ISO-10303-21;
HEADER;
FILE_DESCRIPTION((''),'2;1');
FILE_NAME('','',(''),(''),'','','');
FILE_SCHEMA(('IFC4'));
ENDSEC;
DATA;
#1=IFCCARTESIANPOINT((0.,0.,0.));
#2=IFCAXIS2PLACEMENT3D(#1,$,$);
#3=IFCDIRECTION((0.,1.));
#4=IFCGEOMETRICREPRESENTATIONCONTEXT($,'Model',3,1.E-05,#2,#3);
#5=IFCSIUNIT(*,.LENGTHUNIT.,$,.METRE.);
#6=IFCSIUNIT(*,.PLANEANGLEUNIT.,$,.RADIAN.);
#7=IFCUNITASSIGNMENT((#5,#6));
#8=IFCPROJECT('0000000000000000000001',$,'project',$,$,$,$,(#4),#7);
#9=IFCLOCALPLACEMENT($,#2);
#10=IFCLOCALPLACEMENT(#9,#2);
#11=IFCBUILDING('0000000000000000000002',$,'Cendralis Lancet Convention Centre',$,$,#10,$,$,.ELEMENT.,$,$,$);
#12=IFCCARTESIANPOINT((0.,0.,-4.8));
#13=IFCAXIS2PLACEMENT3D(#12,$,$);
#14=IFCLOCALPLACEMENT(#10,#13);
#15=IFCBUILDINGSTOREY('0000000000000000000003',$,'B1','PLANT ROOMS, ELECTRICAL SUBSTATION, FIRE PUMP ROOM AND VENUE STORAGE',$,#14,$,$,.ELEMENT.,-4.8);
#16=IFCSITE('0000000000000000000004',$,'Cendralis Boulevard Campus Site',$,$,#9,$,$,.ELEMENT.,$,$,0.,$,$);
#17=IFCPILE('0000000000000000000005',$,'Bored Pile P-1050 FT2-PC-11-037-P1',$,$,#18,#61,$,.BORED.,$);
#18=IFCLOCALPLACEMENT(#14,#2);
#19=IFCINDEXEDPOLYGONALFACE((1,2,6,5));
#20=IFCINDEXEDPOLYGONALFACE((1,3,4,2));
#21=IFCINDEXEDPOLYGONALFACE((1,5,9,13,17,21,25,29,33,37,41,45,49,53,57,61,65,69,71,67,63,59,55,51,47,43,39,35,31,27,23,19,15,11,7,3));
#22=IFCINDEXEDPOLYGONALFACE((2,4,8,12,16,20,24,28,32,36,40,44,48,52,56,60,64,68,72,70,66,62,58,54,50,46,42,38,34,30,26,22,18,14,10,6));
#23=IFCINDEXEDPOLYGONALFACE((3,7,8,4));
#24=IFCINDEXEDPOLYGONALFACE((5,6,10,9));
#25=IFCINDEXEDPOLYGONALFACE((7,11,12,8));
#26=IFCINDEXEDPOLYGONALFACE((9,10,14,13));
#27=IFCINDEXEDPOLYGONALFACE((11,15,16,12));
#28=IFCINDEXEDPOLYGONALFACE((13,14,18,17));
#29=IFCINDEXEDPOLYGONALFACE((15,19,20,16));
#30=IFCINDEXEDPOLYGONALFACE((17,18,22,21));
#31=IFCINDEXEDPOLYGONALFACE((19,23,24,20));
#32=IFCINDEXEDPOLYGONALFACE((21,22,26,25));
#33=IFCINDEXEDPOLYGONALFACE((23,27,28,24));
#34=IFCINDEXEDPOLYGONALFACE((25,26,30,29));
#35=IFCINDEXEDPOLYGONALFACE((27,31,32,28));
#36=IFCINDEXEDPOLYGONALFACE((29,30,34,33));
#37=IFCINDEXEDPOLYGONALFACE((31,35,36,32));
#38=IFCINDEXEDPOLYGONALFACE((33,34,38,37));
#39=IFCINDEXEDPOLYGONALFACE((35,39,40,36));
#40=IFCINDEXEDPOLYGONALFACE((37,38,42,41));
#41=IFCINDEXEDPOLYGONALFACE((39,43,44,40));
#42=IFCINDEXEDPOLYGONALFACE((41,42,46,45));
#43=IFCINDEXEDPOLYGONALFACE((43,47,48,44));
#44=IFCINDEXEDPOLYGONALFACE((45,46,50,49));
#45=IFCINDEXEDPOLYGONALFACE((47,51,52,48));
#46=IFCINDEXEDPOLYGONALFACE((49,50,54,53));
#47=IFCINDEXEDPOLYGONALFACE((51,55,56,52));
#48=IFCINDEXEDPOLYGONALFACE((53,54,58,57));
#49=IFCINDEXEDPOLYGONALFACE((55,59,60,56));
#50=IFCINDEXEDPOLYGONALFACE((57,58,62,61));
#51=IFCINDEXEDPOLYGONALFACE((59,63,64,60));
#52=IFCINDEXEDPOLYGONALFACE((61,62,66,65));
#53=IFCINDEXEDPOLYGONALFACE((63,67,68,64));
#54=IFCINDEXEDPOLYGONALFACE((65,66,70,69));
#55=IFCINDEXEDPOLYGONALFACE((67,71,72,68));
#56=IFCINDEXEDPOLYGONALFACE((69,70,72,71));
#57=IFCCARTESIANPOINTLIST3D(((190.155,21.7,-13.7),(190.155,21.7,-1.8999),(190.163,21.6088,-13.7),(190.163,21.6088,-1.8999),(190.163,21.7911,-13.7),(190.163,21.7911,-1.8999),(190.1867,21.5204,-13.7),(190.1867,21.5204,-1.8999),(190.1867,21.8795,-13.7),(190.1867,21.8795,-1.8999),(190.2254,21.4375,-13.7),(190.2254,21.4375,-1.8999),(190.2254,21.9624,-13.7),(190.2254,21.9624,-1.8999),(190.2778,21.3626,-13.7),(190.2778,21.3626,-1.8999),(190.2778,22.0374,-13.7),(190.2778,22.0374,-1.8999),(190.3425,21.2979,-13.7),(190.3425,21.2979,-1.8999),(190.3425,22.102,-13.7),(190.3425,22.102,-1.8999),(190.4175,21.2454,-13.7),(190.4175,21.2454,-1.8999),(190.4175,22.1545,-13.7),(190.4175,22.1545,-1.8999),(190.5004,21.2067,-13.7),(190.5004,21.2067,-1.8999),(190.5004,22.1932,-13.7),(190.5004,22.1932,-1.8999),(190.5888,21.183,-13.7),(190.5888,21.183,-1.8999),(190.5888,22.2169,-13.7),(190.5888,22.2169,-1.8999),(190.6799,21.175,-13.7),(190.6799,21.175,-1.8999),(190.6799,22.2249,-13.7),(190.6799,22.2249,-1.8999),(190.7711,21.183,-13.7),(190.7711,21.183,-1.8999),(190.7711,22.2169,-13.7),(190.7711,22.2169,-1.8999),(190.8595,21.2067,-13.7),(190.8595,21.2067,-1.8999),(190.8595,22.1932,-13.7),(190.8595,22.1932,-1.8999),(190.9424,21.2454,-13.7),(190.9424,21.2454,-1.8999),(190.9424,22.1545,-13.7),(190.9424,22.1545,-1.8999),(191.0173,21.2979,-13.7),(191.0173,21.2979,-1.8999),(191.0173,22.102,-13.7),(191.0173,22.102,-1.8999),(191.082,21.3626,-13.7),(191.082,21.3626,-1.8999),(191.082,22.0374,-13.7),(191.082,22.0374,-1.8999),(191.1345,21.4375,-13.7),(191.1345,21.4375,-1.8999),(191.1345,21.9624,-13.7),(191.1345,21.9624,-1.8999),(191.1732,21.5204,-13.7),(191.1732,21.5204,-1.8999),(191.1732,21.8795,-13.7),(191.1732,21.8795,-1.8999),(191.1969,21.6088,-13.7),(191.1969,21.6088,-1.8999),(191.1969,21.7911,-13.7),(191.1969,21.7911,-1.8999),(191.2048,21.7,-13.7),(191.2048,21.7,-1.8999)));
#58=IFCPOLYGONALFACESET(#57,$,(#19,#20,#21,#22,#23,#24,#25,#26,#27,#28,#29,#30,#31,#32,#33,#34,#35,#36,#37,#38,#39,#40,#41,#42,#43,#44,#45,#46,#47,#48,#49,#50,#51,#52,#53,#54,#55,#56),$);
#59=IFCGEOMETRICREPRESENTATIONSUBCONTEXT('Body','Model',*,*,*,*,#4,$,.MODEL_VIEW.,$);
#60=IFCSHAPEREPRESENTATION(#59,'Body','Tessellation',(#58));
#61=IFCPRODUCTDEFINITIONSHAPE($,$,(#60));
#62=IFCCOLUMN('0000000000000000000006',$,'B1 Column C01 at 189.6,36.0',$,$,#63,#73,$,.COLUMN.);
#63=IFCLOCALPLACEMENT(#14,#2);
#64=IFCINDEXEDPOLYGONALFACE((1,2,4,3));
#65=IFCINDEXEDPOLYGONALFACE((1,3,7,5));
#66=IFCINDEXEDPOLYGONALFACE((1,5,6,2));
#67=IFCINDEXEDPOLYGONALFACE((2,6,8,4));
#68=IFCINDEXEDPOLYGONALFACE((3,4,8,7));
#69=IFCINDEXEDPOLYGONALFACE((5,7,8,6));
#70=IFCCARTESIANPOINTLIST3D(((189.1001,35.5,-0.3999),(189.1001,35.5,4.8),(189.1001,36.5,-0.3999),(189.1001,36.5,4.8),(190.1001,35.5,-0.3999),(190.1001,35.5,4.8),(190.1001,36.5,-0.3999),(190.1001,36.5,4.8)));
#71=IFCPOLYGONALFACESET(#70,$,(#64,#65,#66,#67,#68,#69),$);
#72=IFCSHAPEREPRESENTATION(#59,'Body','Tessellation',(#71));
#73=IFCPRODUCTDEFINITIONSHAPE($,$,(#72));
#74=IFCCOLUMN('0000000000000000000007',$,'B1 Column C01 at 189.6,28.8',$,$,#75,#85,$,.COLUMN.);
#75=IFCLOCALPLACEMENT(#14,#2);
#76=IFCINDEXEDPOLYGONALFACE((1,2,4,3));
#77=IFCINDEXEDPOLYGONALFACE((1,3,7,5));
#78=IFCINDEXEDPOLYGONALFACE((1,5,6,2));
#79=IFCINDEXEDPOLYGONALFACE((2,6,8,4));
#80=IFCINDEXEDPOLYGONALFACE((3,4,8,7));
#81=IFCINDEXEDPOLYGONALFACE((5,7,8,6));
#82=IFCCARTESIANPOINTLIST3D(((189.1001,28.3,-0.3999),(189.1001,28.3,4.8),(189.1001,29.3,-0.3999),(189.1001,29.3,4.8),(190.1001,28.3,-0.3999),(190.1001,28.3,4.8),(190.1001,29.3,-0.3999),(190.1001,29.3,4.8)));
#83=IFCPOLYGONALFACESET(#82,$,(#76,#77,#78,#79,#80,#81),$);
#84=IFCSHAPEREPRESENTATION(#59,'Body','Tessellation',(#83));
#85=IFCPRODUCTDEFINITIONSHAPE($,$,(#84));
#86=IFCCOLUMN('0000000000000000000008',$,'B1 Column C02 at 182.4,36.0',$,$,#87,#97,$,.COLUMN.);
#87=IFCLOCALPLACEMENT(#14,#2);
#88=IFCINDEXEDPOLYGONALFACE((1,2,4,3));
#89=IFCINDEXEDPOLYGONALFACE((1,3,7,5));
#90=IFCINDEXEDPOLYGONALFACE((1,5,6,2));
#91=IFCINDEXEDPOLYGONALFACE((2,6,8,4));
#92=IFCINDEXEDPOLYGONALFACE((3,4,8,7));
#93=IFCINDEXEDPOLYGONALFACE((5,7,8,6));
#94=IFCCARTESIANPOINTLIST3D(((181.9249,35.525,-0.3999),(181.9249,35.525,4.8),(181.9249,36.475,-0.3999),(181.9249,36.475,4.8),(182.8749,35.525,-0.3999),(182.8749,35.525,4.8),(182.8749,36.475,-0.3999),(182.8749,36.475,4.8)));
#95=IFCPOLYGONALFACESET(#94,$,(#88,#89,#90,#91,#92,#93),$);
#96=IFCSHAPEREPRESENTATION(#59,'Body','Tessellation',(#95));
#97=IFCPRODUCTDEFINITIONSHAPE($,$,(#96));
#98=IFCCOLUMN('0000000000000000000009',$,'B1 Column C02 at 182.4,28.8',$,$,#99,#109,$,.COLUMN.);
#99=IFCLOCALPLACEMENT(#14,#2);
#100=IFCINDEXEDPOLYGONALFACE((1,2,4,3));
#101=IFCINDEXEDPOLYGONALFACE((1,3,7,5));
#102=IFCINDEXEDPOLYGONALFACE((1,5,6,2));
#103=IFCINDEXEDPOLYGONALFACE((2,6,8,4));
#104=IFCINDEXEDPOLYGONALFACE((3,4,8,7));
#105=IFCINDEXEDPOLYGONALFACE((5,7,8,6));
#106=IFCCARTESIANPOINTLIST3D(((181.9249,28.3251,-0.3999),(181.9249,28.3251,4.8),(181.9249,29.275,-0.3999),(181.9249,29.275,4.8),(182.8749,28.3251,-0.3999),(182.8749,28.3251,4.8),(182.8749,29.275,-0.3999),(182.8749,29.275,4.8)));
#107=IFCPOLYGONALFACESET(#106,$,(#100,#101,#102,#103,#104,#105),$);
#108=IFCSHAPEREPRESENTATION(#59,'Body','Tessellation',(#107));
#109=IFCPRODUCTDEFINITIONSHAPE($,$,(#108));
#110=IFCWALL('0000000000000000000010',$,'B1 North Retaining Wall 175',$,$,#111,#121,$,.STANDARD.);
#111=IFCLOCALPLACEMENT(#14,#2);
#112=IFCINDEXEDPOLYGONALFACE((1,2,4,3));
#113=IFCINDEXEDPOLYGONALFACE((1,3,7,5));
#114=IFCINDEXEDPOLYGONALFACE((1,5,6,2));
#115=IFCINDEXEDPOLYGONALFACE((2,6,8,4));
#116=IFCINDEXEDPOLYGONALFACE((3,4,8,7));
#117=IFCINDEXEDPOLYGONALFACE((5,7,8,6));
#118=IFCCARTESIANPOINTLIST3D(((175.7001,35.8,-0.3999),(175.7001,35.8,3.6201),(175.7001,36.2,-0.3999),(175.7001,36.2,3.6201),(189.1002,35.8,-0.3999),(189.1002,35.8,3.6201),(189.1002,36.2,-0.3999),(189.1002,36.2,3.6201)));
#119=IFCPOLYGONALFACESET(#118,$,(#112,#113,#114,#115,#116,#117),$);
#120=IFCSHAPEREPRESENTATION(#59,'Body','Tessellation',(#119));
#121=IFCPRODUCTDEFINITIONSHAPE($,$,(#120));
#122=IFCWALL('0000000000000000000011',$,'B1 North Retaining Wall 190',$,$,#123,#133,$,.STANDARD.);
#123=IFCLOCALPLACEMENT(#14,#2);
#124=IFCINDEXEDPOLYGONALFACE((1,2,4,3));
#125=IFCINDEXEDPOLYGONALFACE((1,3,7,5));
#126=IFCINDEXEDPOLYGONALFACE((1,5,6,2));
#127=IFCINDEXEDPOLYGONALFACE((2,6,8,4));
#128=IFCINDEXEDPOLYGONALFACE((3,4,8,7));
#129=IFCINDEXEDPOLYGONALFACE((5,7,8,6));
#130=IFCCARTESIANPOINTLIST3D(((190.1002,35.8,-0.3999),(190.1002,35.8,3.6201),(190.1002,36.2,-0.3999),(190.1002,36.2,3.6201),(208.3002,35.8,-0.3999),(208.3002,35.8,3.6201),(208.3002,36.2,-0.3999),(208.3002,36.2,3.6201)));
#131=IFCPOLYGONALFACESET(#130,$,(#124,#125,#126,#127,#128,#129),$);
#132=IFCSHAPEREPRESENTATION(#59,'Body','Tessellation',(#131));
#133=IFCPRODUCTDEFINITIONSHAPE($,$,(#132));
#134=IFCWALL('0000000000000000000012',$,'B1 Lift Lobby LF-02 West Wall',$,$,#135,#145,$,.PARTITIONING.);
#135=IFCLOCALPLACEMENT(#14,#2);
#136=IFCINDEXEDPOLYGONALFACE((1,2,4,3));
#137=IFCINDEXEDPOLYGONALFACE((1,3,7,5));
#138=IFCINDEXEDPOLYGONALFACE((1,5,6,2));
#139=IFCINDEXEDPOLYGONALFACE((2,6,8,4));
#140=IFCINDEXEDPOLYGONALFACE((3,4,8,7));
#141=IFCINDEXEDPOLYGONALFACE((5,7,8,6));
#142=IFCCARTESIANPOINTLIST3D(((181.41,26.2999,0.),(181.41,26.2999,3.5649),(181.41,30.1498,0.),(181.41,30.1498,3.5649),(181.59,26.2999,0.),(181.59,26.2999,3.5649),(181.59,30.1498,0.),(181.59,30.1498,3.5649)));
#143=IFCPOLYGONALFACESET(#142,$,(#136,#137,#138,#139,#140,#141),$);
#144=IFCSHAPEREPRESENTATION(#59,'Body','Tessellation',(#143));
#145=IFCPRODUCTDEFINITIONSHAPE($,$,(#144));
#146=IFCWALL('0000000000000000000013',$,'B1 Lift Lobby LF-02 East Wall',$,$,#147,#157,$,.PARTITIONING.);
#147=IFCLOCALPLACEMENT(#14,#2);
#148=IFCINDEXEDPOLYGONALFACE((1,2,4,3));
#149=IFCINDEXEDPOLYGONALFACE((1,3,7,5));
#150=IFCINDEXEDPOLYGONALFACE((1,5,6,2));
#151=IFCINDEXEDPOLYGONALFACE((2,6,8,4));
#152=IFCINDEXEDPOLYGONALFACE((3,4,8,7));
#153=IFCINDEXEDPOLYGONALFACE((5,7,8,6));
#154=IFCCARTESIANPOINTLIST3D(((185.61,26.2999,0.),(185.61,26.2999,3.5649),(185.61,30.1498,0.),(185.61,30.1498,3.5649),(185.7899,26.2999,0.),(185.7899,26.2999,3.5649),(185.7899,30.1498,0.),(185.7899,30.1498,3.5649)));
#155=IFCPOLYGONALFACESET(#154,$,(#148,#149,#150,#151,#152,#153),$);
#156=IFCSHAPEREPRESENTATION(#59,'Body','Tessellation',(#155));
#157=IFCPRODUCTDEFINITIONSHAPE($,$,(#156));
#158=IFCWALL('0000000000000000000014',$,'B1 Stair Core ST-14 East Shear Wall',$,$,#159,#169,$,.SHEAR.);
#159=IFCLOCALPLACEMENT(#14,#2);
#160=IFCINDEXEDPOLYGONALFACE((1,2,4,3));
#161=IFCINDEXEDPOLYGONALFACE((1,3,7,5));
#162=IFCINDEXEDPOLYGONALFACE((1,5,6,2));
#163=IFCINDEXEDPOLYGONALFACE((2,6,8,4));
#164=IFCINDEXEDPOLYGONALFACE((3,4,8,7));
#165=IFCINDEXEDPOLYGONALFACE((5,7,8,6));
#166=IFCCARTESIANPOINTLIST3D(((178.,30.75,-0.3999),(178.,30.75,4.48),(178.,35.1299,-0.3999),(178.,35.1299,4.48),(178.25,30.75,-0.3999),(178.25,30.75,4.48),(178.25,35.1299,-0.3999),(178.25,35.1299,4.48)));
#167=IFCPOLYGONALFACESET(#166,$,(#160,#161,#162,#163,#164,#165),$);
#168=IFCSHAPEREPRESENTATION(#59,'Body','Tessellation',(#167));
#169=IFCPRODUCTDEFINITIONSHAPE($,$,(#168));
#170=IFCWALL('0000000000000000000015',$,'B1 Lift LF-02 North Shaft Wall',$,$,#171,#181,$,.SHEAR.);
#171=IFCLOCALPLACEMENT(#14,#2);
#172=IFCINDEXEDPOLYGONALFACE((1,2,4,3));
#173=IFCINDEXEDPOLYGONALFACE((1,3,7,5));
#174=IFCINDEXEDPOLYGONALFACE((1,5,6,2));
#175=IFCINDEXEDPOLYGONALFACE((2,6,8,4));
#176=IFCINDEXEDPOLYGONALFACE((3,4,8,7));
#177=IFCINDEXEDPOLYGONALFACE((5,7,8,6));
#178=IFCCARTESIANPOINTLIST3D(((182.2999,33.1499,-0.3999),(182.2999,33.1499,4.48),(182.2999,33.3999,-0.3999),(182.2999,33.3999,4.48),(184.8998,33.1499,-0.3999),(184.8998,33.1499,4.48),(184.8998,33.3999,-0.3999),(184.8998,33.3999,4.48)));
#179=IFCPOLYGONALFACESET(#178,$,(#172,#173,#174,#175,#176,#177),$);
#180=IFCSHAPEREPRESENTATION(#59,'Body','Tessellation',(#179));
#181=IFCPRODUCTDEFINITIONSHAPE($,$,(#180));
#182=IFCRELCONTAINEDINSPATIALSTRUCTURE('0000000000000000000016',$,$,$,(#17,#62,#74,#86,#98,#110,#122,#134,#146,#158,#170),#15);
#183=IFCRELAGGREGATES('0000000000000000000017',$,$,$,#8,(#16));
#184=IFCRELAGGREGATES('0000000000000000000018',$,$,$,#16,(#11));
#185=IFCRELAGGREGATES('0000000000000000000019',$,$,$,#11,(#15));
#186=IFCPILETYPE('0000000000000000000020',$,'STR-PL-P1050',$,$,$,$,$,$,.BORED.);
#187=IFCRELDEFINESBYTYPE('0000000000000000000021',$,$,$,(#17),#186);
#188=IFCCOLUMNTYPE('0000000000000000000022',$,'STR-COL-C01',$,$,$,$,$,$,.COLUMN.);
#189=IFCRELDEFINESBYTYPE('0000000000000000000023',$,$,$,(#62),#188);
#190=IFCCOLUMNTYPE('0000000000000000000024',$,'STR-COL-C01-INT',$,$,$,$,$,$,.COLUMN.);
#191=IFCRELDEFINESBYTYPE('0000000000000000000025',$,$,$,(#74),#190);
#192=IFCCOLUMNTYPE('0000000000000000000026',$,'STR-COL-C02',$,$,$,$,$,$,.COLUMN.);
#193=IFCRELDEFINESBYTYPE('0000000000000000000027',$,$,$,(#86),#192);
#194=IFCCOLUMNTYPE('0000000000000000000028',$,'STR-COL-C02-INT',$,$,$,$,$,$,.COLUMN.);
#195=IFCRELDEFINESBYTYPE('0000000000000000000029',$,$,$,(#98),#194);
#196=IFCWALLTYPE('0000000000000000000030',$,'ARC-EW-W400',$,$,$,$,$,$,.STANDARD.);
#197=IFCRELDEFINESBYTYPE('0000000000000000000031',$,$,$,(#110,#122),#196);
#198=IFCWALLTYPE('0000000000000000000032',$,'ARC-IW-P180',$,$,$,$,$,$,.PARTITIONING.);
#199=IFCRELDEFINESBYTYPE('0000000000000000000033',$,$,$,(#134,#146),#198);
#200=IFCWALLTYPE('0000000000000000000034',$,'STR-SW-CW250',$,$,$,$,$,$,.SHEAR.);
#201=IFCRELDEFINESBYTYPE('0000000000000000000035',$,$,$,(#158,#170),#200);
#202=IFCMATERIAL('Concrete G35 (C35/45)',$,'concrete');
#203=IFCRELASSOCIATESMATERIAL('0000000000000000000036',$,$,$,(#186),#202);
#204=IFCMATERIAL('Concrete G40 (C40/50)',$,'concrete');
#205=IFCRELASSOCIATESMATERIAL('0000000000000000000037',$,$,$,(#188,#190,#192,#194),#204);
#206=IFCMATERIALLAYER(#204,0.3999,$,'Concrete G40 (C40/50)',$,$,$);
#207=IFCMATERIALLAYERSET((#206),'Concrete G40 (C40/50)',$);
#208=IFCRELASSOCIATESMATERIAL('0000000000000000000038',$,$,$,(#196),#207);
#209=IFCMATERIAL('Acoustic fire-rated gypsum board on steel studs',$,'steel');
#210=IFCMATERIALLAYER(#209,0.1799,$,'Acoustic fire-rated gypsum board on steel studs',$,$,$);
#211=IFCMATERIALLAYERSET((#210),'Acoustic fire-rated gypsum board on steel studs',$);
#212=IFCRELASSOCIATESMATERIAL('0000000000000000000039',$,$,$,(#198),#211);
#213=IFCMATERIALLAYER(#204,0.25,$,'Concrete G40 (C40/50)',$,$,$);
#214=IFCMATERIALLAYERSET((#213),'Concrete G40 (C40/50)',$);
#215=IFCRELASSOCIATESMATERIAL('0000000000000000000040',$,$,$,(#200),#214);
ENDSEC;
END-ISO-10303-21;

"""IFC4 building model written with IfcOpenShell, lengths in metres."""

from ifc_helpers import new_model, si_unit, direction, frame, frame_2d, origin, origin_2d, place, context, subcontext, project, spatial, rectangle, circle, extrude, material, layer, layer_set, material_profile, profile_set, type_object, element, save


model = new_model("IFC4")

# Units and contexts
model_context = context("Model", 3, precision=1e-05, world=origin(), true_north=direction((0.0, 1.0)))
body_context = subcontext(model_context, "Body", "Model", "MODEL_VIEW")
ifc_project = project(units=[si_unit("LENGTHUNIT", "METRE"), si_unit("PLANEANGLEUNIT", "RADIAN")], contexts=[model_context])

# Site, building, storey
site_placement = place(None, origin())
site = spatial("IfcSite", under=ifc_project, at=site_placement, Name="Cendralis Boulevard Campus Site", CompositionType="ELEMENT", RefElevation=0.0)
building_placement = place(site_placement, origin())
building = spatial("IfcBuilding", under=site, at=building_placement, Name="Cendralis Lancet Convention Centre", CompositionType="ELEMENT")
storey_placement = place(building_placement, frame((0.0, 0.0, -4.8)))
storey = spatial("IfcBuildingStorey", under=building, at=storey_placement, Name="B1", Description="PLANT ROOMS, ELECTRICAL SUBSTATION, FIRE PUMP ROOM AND VENUE STORAGE", CompositionType="ELEMENT", Elevation=-4.8)

# Shared definitions
ifc_material_1 = material(Name="Concrete G35 (C35/45)", Category="concrete")

# Pile
ifc_material_profile_1 = material_profile(ifc_material_1, circle(Radius=0.5249, at=origin_2d()), Name="BORED PILE D1050")
ifc_profile_set_1 = profile_set([ifc_material_profile_1], Name="Concrete G35 (C35/45)")
pile_type = type_object("IfcPileType", Name="STR-PL-P1050", PredefinedType="BORED", material=ifc_profile_set_1)
for number, where, z_axis, x_axis, name in (
    (1, (190.6799, 21.7, -1.8999), (0.0, 0.0, -1.0), (1.0, 0.0, 0.0), "Bored Pile P-1050 FT2-PC-11-037-P1"),
):
    element("IfcPile", number, at=place(storey_placement, frame(where, z_axis=z_axis, x_axis=x_axis)), inside=storey, type_object=pile_type, Name=name, PredefinedType="BORED", context=body_context, shape_type="SweptSolid", body=[
        extrude(circle(Radius=0.5249, at=origin_2d()), origin(), (0.0, 0.0, 1.0), 11.8),
    ])

# Columns
ifc_material_2 = material(Name="Concrete G40 (C40/50)", Category="concrete")
ifc_material_profile_2 = material_profile(ifc_material_2, rectangle(XDim=1.0, YDim=1.0, at=origin_2d()), Name="RC 1000x1000")
ifc_profile_set_2 = profile_set([ifc_material_profile_2], Name="Concrete G40 (C40/50)")
column_type_1 = type_object("IfcColumnType", Name="STR-COL-C01", PredefinedType="COLUMN", material=ifc_profile_set_2)
column_1_placement = place(storey_placement, frame((189.6001, 36.0, -0.3999), z_axis=(0.0, 0.0, 1.0), x_axis=(1.0, 0.0, 0.0)))
element("IfcColumn", 2, at=column_1_placement, inside=storey, type_object=column_type_1, Name="B1 Column C01 at 189.6,36.0", PredefinedType="COLUMN", context=body_context, shape_type="SweptSolid", body=[
    extrude(rectangle(XDim=1.0, YDim=1.0, at=origin_2d()), origin(), (0.0, 0.0, 1.0), 5.2),
])
ifc_material_profile_3 = material_profile(ifc_material_2, rectangle(XDim=1.0, YDim=1.0, at=origin_2d()), Name="RC 1000x1000")
ifc_profile_set_3 = profile_set([ifc_material_profile_3], Name="Concrete G40 (C40/50)")
column_type_2 = type_object("IfcColumnType", Name="STR-COL-C01-INT", PredefinedType="COLUMN", material=ifc_profile_set_3)
column_2_placement = place(storey_placement, frame((189.6001, 28.8, -0.3999), z_axis=(0.0, 0.0, 1.0), x_axis=(1.0, 0.0, 0.0)))
element("IfcColumn", 3, at=column_2_placement, inside=storey, type_object=column_type_2, Name="B1 Column C01 at 189.6,28.8", PredefinedType="COLUMN", context=body_context, shape_type="SweptSolid", body=[
    extrude(rectangle(XDim=1.0, YDim=1.0, at=origin_2d()), origin(), (0.0, 0.0, 1.0), 5.2),
])
ifc_material_profile_4 = material_profile(ifc_material_2, rectangle(XDim=0.95, YDim=0.95, at=origin_2d()), Name="RC 950x950")
ifc_profile_set_4 = profile_set([ifc_material_profile_4], Name="Concrete G40 (C40/50)")
column_type_3 = type_object("IfcColumnType", Name="STR-COL-C02", PredefinedType="COLUMN", material=ifc_profile_set_4)
column_3_placement = place(storey_placement, frame((182.3999, 36.0, -0.3999), z_axis=(0.0, 0.0, 1.0), x_axis=(1.0, 0.0, 0.0)))
element("IfcColumn", 4, at=column_3_placement, inside=storey, type_object=column_type_3, Name="B1 Column C02 at 182.4,36.0", PredefinedType="COLUMN", context=body_context, shape_type="SweptSolid", body=[
    extrude(rectangle(XDim=0.95, YDim=0.95, at=origin_2d()), origin(), (0.0, 0.0, 1.0), 5.2),
])
ifc_material_profile_5 = material_profile(ifc_material_2, rectangle(XDim=0.95, YDim=0.95, at=origin_2d()), Name="RC 950x950")
ifc_profile_set_5 = profile_set([ifc_material_profile_5], Name="Concrete G40 (C40/50)")
column_type_4 = type_object("IfcColumnType", Name="STR-COL-C02-INT", PredefinedType="COLUMN", material=ifc_profile_set_5)
column_4_placement = place(storey_placement, frame((182.3999, 28.8, -0.3999), z_axis=(0.0, 0.0, 1.0), x_axis=(1.0, 0.0, 0.0)))
element("IfcColumn", 5, at=column_4_placement, inside=storey, type_object=column_type_4, Name="B1 Column C02 at 182.4,28.8", PredefinedType="COLUMN", context=body_context, shape_type="SweptSolid", body=[
    extrude(rectangle(XDim=0.95, YDim=0.95, at=origin_2d()), origin(), (0.0, 0.0, 1.0), 5.2),
])

# Walls
ifc_layer_1 = layer(ifc_material_2, 0.3999, Name="Concrete G40 (C40/50)")
ifc_layer_set_1 = layer_set([ifc_layer_1], Name="Concrete G40 (C40/50)")
wall_type_1 = type_object("IfcWallType", Name="ARC-EW-W400", PredefinedType="STANDARD", material=ifc_layer_set_1)
wall_1_placement = place(storey_placement, frame((175.7, 36.0, -0.3999), z_axis=(0.0, 0.0, 1.0), x_axis=(1.0, 0.0, 0.0)))
element("IfcWall", 6, at=wall_1_placement, inside=storey, type_object=wall_type_1, Name="B1 North Retaining Wall 175", PredefinedType="STANDARD", context=body_context, shape_type="SweptSolid", body=[
    extrude(rectangle(XDim=13.4001, YDim=0.3999, at=frame_2d((6.7002, 0.0))), origin(), (0.0, 0.0, 1.0), 4.02),
])
wall_2_placement = place(storey_placement, frame((190.1001, 36.0, -0.3999), z_axis=(0.0, 0.0, 1.0), x_axis=(1.0, 0.0, 0.0)))
element("IfcWall", 7, at=wall_2_placement, inside=storey, type_object=wall_type_1, Name="B1 North Retaining Wall 190", PredefinedType="STANDARD", context=body_context, shape_type="SweptSolid", body=[
    extrude(rectangle(XDim=18.2, YDim=0.3999, at=frame_2d((9.1001, 0.0))), origin(), (0.0, 0.0, 1.0), 4.02),
])

# Shared definitions
ifc_material_3 = material(Name="Acoustic fire-rated gypsum board on steel studs", Category="steel")
ifc_layer_2 = layer(ifc_material_3, 0.1799, Name="Acoustic fire-rated gypsum board on steel studs")
ifc_layer_set_2 = layer_set([ifc_layer_2], Name="Acoustic fire-rated gypsum board on steel studs")
wall_type_2 = type_object("IfcWallType", Name="ARC-IW-P180", PredefinedType="PARTITIONING", material=ifc_layer_set_2)

# Walls
for number, where, z_axis, x_axis, name in (
    (8, (181.5, 26.3, 0.0), (0.0, 0.0, 1.0), (0.0, 1.0, 0.0), "B1 Lift Lobby LF-02 West Wall"),
    (9, (185.7, 26.3, 0.0), (0.0, 0.0, 1.0), (0.0, 1.0, 0.0), "B1 Lift Lobby LF-02 East Wall"),
):
    element("IfcWall", number, at=place(storey_placement, frame(where, z_axis=z_axis, x_axis=x_axis)), inside=storey, type_object=wall_type_2, Name=name, PredefinedType="PARTITIONING", context=body_context, shape_type="SweptSolid", body=[
        extrude(rectangle(XDim=3.8499, YDim=0.1799, at=frame_2d((1.9248, 0.0))), origin(), (0.0, 0.0, 1.0), 3.5649),
    ])
ifc_layer_3 = layer(ifc_material_2, 0.25, Name="Concrete G40 (C40/50)")
ifc_layer_set_3 = layer_set([ifc_layer_3], Name="Concrete G40 (C40/50)")
wall_type_3 = type_object("IfcWallType", Name="STR-SW-CW250", PredefinedType="SHEAR", material=ifc_layer_set_3)
wall_3_placement = place(storey_placement, frame((178.125, 30.75, -0.3999), z_axis=(0.0, 0.0, 1.0), x_axis=(0.0, 1.0, 0.0)))
element("IfcWall", 10, at=wall_3_placement, inside=storey, type_object=wall_type_3, Name="B1 Stair Core ST-14 East Shear Wall", PredefinedType="SHEAR", context=body_context, shape_type="SweptSolid", body=[
    extrude(rectangle(XDim=4.3799, YDim=0.25, at=frame_2d((2.1899, 0.0))), origin(), (0.0, 0.0, 1.0), 4.8799),
])

# Wall
wall_4_placement = place(storey_placement, frame((182.3, 33.2749, -0.3999), z_axis=(0.0, 0.0, 1.0), x_axis=(1.0, 0.0, 0.0)))
element("IfcWall", 11, at=wall_4_placement, inside=storey, type_object=wall_type_3, Name="B1 Lift LF-02 North Shaft Wall", PredefinedType="SHEAR", context=body_context, shape_type="SweptSolid", body=[
    extrude(rectangle(XDim=2.5999, YDim=0.25, at=frame_2d((1.2998, 0.0))), origin(), (0.0, 0.0, 1.0), 4.8799),
])

save(model, "model.ifc")
